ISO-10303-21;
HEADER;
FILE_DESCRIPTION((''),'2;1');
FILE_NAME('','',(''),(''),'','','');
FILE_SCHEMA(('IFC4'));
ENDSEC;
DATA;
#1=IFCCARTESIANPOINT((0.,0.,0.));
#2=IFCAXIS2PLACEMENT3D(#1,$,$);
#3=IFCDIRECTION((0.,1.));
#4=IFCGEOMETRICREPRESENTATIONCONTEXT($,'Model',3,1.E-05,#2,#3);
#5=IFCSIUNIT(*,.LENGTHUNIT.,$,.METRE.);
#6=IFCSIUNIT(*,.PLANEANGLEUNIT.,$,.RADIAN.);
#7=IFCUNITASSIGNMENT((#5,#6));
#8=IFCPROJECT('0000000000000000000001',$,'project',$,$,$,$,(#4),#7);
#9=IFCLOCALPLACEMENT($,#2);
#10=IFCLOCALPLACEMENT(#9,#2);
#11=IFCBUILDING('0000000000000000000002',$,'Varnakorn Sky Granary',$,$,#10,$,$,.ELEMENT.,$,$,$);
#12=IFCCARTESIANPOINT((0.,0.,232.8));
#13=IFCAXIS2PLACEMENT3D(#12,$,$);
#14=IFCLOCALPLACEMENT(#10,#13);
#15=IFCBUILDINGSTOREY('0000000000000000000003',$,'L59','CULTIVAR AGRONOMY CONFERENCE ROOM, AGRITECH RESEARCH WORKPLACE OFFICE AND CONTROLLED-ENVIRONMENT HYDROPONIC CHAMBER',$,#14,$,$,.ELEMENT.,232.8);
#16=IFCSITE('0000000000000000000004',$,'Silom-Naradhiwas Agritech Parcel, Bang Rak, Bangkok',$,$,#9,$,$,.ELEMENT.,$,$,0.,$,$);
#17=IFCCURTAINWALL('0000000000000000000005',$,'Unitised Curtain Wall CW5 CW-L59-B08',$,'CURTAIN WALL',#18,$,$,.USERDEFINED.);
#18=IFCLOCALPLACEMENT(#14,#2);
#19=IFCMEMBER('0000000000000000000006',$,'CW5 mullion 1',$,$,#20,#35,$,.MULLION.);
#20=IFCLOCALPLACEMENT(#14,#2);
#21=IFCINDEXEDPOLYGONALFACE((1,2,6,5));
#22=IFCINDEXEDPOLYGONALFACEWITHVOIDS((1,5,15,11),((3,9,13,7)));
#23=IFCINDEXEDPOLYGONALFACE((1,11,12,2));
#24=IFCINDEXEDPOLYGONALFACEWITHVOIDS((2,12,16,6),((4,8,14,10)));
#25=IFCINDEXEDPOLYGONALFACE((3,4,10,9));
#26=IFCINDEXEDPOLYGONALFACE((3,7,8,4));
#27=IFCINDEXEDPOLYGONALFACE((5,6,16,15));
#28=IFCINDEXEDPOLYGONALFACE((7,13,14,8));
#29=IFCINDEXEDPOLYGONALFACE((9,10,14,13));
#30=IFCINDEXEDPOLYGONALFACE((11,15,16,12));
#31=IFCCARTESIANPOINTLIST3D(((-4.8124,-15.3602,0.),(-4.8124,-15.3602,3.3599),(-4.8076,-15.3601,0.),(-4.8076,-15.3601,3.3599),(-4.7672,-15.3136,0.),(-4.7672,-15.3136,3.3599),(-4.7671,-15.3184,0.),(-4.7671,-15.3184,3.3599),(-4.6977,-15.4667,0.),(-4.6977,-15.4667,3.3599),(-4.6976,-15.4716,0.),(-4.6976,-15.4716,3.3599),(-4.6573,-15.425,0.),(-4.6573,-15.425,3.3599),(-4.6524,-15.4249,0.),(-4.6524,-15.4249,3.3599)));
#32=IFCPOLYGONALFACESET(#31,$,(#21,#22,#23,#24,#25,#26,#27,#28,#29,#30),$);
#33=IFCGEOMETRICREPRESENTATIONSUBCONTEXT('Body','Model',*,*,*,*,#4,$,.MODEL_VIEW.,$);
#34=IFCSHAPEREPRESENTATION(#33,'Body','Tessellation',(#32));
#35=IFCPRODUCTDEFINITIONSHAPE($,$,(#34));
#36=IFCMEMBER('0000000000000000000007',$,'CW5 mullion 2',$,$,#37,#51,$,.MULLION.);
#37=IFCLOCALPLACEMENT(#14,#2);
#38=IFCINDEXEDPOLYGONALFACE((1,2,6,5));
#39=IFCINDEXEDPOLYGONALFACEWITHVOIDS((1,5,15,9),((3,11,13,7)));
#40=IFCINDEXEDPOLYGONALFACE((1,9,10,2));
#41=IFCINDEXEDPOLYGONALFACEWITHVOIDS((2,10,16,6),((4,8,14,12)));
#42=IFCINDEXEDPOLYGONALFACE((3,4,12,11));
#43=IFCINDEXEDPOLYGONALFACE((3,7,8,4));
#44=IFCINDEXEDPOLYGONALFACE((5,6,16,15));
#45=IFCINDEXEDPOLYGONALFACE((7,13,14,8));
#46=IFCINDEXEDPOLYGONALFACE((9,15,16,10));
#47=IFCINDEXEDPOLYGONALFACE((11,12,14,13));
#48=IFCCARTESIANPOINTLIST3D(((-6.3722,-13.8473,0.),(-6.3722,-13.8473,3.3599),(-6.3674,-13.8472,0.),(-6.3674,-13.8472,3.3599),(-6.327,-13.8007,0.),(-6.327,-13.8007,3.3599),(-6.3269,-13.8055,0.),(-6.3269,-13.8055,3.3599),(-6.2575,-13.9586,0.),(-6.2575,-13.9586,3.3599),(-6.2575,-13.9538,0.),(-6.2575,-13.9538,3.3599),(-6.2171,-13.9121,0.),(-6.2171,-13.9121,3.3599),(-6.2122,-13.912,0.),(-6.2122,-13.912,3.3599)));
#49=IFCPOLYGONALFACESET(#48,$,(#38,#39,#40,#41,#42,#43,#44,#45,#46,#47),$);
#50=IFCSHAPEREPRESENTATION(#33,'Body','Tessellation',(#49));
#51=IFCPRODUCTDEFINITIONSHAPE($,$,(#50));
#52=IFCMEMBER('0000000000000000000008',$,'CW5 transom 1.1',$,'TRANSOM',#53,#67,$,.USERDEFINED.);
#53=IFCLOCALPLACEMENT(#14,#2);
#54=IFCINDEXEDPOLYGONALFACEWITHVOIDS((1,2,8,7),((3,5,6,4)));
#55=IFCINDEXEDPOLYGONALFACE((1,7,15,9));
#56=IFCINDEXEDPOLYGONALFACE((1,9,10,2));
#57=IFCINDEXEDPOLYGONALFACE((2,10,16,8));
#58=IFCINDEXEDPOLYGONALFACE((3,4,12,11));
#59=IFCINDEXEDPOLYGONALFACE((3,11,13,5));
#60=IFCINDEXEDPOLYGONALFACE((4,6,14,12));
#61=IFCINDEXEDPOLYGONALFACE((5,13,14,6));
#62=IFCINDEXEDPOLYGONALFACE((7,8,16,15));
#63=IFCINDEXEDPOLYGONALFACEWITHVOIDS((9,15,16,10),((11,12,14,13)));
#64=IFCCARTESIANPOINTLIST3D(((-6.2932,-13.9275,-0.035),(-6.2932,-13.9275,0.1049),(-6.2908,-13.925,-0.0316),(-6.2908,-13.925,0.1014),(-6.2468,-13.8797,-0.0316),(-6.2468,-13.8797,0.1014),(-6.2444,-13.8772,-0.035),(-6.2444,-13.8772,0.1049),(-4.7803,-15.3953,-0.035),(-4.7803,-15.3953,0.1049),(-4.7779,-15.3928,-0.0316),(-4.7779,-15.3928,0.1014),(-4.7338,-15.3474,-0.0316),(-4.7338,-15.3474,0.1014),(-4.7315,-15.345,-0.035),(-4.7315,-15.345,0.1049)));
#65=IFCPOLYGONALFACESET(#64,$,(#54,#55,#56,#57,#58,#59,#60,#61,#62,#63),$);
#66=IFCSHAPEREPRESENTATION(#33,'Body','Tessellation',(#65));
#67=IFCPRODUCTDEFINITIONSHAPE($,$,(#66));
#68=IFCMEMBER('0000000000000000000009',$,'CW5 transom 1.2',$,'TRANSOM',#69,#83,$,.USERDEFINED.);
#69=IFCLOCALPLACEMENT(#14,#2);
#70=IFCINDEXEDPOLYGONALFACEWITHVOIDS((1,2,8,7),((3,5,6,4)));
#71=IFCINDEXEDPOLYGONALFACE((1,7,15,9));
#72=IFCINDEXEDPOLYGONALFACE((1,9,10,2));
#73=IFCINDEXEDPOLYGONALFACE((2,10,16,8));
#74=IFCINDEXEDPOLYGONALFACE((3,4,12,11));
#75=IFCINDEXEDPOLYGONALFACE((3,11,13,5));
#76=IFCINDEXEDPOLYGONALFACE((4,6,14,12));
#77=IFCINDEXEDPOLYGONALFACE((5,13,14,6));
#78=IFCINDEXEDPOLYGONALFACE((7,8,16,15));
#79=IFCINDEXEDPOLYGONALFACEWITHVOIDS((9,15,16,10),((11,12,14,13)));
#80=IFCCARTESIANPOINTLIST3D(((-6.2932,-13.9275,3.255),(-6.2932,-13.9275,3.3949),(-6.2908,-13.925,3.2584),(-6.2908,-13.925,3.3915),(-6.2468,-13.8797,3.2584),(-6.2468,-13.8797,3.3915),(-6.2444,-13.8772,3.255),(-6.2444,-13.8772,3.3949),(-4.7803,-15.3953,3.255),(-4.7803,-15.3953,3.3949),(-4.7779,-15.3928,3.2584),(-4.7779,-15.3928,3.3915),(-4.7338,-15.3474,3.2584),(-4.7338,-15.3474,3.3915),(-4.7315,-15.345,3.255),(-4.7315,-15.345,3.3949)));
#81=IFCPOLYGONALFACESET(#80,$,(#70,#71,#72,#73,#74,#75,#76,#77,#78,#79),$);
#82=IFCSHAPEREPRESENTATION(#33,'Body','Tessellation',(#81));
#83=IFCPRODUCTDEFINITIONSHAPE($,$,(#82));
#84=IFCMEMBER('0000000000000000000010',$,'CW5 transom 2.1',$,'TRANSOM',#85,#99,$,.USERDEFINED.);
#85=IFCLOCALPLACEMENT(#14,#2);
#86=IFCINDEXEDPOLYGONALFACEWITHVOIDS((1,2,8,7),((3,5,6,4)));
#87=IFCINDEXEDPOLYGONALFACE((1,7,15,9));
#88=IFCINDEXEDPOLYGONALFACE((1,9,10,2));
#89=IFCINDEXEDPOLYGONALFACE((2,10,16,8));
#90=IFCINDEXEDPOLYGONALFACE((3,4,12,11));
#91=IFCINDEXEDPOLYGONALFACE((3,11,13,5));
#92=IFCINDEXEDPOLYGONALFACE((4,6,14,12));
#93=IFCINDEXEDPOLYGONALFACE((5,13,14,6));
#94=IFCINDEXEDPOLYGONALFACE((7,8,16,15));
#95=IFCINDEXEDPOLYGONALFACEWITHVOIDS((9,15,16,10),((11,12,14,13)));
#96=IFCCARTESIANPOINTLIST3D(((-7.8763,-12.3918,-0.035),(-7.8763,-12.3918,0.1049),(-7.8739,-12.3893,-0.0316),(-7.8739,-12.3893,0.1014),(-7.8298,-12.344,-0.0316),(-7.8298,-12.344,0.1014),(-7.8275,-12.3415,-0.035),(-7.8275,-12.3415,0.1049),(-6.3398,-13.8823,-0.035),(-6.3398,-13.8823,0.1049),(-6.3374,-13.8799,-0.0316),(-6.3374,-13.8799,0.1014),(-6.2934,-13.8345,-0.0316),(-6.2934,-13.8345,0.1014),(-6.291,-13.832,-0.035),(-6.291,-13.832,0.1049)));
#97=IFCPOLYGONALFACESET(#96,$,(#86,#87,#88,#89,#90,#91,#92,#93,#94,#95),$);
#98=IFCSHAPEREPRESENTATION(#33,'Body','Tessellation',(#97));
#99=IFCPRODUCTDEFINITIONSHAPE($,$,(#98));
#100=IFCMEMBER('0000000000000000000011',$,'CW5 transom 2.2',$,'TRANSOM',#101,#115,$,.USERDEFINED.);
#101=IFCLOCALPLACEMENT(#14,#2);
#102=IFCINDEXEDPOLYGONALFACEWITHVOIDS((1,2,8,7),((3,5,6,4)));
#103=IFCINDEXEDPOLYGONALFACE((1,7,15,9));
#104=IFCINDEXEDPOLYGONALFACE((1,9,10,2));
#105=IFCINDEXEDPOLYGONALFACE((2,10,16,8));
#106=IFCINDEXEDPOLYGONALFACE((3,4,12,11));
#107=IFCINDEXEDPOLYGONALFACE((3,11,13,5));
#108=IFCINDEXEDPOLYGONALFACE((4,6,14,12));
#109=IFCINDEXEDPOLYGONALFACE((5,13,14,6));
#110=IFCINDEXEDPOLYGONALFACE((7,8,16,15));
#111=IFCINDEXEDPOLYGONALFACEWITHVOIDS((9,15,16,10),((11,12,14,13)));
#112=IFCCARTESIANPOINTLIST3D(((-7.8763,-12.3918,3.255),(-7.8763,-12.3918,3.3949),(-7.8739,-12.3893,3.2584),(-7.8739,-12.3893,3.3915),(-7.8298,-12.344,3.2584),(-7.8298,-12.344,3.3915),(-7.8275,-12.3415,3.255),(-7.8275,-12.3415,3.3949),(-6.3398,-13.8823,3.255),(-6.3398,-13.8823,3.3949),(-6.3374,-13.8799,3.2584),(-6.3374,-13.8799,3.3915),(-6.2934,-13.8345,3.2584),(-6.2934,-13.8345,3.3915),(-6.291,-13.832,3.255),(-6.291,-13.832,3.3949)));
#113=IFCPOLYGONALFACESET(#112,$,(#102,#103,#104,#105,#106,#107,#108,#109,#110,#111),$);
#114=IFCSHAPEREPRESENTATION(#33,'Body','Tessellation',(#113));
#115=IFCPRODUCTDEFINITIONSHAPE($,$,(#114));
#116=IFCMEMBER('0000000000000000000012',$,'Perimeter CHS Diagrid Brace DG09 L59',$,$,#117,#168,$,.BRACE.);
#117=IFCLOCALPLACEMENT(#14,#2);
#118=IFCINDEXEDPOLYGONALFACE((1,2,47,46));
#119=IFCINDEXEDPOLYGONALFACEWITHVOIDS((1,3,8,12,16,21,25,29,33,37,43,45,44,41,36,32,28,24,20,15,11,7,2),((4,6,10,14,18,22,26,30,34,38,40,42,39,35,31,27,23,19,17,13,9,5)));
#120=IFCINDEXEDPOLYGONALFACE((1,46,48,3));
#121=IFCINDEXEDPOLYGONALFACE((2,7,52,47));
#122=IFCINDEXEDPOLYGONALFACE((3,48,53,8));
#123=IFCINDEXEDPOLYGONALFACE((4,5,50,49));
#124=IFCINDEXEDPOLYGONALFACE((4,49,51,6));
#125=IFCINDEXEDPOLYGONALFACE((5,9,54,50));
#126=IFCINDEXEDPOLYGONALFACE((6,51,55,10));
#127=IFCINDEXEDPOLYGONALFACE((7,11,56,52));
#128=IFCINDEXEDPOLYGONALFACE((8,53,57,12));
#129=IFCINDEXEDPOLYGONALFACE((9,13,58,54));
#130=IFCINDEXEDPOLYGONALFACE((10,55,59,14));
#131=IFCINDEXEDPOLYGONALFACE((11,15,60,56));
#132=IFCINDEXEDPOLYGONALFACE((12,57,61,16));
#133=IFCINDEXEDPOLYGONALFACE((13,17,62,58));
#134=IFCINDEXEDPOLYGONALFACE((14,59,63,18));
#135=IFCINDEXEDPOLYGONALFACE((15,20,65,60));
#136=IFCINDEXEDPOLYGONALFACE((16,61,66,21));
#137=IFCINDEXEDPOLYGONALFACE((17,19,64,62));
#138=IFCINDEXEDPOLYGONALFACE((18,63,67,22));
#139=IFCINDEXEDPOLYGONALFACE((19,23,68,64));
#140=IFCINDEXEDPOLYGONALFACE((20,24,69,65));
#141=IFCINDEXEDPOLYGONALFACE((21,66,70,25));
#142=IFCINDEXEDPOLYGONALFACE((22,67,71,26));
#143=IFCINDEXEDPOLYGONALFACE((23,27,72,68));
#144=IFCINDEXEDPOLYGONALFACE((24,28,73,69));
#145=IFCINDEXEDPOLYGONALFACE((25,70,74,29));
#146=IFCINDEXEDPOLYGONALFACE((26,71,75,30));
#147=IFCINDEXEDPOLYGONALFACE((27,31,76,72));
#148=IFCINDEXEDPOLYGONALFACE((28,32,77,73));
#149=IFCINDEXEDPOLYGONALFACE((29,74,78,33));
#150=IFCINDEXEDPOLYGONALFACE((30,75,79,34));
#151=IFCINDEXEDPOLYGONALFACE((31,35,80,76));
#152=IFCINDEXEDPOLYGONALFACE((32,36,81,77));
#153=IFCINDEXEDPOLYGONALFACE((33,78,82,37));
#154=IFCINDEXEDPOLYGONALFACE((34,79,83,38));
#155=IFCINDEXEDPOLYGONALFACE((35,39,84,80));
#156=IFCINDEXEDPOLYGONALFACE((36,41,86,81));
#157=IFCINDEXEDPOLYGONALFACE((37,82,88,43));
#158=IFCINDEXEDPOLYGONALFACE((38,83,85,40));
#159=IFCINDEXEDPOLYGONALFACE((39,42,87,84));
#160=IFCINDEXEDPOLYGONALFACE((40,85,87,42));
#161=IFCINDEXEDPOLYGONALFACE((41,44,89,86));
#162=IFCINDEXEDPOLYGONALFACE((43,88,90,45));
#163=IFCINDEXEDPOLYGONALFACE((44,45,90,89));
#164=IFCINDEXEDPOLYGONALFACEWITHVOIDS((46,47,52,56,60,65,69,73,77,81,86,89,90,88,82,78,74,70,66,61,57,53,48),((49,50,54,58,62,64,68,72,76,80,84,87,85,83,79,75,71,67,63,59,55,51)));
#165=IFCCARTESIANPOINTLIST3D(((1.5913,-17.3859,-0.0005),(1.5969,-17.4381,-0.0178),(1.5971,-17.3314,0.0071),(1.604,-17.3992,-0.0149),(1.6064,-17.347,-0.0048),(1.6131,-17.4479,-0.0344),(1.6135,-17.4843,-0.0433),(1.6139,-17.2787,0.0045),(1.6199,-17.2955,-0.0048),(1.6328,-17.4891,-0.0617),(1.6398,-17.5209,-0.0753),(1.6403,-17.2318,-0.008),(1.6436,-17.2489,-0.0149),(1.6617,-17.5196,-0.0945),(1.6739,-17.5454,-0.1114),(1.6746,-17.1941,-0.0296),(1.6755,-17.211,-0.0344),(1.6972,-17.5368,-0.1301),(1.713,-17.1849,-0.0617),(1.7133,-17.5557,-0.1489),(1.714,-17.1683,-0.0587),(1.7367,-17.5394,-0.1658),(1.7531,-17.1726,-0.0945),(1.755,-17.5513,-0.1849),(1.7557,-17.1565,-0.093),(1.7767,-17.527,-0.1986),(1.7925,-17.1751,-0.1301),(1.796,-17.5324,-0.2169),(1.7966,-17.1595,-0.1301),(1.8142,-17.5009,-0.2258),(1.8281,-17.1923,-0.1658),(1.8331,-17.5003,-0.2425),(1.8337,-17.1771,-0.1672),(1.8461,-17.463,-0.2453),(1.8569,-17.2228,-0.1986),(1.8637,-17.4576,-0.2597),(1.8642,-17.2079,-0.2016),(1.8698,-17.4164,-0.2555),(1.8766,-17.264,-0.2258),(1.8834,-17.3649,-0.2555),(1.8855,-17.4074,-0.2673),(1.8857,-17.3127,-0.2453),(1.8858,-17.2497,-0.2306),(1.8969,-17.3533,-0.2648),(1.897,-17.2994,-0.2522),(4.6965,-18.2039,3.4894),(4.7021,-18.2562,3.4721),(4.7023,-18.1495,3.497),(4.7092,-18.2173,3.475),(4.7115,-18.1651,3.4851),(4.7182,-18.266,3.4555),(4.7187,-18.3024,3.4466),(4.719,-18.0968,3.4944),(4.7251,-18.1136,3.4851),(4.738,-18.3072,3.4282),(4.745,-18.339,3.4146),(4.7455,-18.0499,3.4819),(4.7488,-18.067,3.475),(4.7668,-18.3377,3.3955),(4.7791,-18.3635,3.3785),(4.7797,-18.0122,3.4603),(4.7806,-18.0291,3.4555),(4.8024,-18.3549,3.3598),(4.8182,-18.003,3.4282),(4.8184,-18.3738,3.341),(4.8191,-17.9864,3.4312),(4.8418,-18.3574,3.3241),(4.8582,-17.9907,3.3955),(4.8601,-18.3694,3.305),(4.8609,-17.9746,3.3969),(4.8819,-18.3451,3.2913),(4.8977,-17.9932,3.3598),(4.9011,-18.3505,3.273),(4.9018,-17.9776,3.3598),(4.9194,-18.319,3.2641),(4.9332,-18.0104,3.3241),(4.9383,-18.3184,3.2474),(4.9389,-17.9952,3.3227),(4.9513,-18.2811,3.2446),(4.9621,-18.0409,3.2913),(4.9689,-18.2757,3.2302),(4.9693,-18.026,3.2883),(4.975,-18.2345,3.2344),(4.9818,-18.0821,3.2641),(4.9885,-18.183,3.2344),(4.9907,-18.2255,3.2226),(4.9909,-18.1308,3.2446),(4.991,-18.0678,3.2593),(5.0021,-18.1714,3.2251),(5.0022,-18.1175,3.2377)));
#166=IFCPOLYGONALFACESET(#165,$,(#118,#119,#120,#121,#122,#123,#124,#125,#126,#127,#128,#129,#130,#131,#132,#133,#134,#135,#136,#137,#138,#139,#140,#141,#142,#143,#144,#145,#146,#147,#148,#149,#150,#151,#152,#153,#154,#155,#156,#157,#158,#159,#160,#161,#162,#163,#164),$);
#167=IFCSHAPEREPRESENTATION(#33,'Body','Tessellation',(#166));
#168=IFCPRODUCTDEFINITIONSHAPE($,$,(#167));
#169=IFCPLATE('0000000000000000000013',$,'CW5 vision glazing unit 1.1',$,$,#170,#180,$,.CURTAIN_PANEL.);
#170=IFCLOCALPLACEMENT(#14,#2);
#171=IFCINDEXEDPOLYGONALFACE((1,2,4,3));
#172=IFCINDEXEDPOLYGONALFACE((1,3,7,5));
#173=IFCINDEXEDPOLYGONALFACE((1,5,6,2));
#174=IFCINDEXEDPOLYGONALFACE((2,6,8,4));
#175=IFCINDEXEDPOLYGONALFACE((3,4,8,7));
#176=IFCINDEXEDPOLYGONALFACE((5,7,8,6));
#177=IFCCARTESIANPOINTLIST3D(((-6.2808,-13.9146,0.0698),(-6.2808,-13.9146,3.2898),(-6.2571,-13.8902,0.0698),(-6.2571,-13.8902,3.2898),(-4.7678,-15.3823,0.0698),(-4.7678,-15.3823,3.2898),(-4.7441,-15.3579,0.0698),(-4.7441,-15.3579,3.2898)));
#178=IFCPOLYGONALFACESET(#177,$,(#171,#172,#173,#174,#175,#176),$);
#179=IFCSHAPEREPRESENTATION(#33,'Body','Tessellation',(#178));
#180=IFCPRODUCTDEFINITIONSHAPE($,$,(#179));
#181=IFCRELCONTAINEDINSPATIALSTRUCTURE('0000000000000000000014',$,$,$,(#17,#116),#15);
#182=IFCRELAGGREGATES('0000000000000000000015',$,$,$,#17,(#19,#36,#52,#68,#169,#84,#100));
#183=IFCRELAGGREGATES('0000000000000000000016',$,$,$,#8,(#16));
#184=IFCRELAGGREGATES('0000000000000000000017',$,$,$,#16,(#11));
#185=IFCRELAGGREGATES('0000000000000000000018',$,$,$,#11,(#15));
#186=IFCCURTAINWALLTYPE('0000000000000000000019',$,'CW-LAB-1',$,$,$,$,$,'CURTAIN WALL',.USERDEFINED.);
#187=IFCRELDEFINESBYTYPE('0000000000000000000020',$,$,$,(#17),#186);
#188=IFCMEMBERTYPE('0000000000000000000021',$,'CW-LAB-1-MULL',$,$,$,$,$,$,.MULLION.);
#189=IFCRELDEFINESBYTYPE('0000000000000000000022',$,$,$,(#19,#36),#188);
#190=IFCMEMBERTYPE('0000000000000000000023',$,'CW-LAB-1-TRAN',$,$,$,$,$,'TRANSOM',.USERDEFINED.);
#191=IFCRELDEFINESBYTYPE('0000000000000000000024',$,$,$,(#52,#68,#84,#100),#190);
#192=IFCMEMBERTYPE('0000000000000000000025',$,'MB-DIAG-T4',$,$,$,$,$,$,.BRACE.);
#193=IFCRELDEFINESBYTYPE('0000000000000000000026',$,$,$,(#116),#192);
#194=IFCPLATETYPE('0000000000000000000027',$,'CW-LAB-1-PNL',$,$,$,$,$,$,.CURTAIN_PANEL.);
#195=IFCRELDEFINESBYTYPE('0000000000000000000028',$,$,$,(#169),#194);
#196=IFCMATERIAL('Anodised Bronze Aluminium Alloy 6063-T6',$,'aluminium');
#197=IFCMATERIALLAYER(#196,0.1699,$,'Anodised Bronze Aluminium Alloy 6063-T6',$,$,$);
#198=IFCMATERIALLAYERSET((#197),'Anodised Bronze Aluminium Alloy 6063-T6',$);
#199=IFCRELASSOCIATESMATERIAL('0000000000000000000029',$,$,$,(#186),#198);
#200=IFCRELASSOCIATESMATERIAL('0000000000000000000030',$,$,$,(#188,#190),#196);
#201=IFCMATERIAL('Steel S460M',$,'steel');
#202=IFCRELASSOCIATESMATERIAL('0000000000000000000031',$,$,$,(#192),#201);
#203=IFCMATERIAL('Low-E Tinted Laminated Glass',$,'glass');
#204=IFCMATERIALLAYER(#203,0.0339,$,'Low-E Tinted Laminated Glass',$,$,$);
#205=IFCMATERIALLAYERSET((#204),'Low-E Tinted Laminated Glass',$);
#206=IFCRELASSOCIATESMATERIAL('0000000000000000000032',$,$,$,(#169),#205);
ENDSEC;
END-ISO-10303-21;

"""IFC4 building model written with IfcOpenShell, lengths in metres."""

from ifc_helpers import new_model, si_unit, direction, frame, origin, origin_2d, place, context, subcontext, project, spatial, rectangle, hollow_rectangle, hollow_circle, extrude, source, transform, mapped, material, layer, layer_set, material_profile, profile_set, type_object, type_shapes, element, aggregate, save


model = new_model("IFC4")

# Units and contexts
model_context = context("Model", 3, precision=1e-05, world=origin(), true_north=direction((0.0, 1.0)))
body_context = subcontext(model_context, "Body", "Model", "MODEL_VIEW")
ifc_project = project(units=[si_unit("LENGTHUNIT", "METRE"), si_unit("PLANEANGLEUNIT", "RADIAN")], contexts=[model_context])

# Site, building, storey
site_placement = place(None, origin())
site = spatial("IfcSite", under=ifc_project, at=site_placement, Name="Silom-Naradhiwas Agritech Parcel, Bang Rak, Bangkok", CompositionType="ELEMENT", RefElevation=0.0)
building_placement = place(site_placement, origin())
building = spatial("IfcBuilding", under=site, at=building_placement, Name="Varnakorn Sky Granary", CompositionType="ELEMENT")
storey_placement = place(building_placement, frame((0.0, 0.0, 232.8)))
storey = spatial("IfcBuildingStorey", under=building, at=storey_placement, Name="L59", Description="CULTIVAR AGRONOMY CONFERENCE ROOM, AGRITECH RESEARCH WORKPLACE OFFICE AND CONTROLLED-ENVIRONMENT HYDROPONIC CHAMBER", CompositionType="ELEMENT", Elevation=232.8)

# Shared definitions
ifc_material_1 = material(Name="Steel S460M", Category="steel")

# Curtain wall, members
ifc_material_2 = material(Name="Anodised Bronze Aluminium Alloy 6063-T6", Category="aluminium")
ifc_layer_1 = layer(ifc_material_2, 0.1699, Name="Anodised Bronze Aluminium Alloy 6063-T6")
ifc_layer_set_1 = layer_set([ifc_layer_1], Name="Anodised Bronze Aluminium Alloy 6063-T6")
curtain_wall_type = type_object("IfcCurtainWallType", Name="CW-LAB-1", ElementType="CURTAIN WALL", PredefinedType="USERDEFINED", material=ifc_layer_set_1)
curtain_wall_placement = place(storey_placement, origin())
curtain_wall = element("IfcCurtainWall", 1, at=curtain_wall_placement, inside=storey, type_object=curtain_wall_type, Name="Unitised Curtain Wall CW5 CW-L59-B08", ObjectType="CURTAIN WALL", PredefinedType="USERDEFINED")
ifc_material_profile_1 = material_profile(ifc_material_2, hollow_rectangle(XDim=0.0649, YDim=0.1599, WallThickness=0.0034, at=origin_2d()), Name="ALU MULL 65x160")
ifc_profile_set_1 = profile_set([ifc_material_profile_1], Name="Anodised Bronze Aluminium Alloy 6063-T6")
member_type_1 = type_object("IfcMemberType", Name="CW-LAB-1-MULL", PredefinedType="MULLION", material=ifc_profile_set_1)
member_1_placement = place(storey_placement, frame((-4.7324, -15.3926, 0.0), z_axis=(0.0, 0.0, 1.0), x_axis=(-0.696279, -0.717771, 0.0)))
member_1 = element("IfcMember", 2, at=member_1_placement, type_object=member_type_1, Name="CW5 mullion 1", PredefinedType="MULLION", context=body_context, shape_type="SweptSolid", body=[
    extrude(hollow_rectangle(XDim=0.0649, YDim=0.1599, WallThickness=0.0034, at=origin_2d()), origin(), (0.0, 0.0, 1.0), 3.3599),
])
member_2_placement = place(storey_placement, frame((-6.2922, -13.8796, 0.0), z_axis=(0.0, 0.0, 1.0), x_axis=(-0.696279, -0.717771, 0.0)))
member_2 = element("IfcMember", 3, at=member_2_placement, type_object=member_type_1, Name="CW5 mullion 2", PredefinedType="MULLION", context=body_context, shape_type="SweptSolid", body=[
    extrude(hollow_rectangle(XDim=0.0649, YDim=0.1599, WallThickness=0.0034, at=origin_2d()), origin(), (0.0, 0.0, 1.0), 3.3599),
])
ifc_material_profile_2 = material_profile(ifc_material_2, hollow_rectangle(XDim=0.0701, YDim=0.1399, WallThickness=0.0034, at=origin_2d()), Name="ALU TRAN 70x140")
ifc_profile_set_2 = profile_set([ifc_material_profile_2], Name="Anodised Bronze Aluminium Alloy 6063-T6")
member_type_2 = type_object("IfcMemberType", Name="CW-LAB-1-TRAN", ElementType="TRANSOM", PredefinedType="USERDEFINED", material=ifc_profile_set_2)
member_3_placement = place(storey_placement, frame((-4.7559, -15.3701, 0.0349), z_axis=(-0.717739, 0.696312, 0.0), x_axis=(-0.696312, -0.717739, 0.0)))
member_3 = element("IfcMember", 4, at=member_3_placement, type_object=member_type_2, Name="CW5 transom 1.1", ObjectType="TRANSOM", PredefinedType="USERDEFINED", context=body_context, shape_type="SweptSolid", body=[
    extrude(hollow_rectangle(XDim=0.0701, YDim=0.1399, WallThickness=0.0034, at=origin_2d()), origin(), (0.0, 0.0, 1.0), 2.1079),
])
member_4_placement = place(storey_placement, frame((-4.7559, -15.3701, 3.325), z_axis=(-0.717739, 0.696312, 0.0), x_axis=(-0.696312, -0.717739, 0.0)))
member_4 = element("IfcMember", 5, at=member_4_placement, type_object=member_type_2, Name="CW5 transom 1.2", ObjectType="TRANSOM", PredefinedType="USERDEFINED", context=body_context, shape_type="SweptSolid", body=[
    extrude(hollow_rectangle(XDim=0.0701, YDim=0.1399, WallThickness=0.0034, at=origin_2d()), origin(), (0.0, 0.0, 1.0), 2.1079),
])
member_5_placement = place(storey_placement, frame((-6.3154, -13.8572, 0.0349), z_axis=(-0.717747, 0.696304, 0.0), x_axis=(-0.696304, -0.717747, 0.0)))
member_5 = element("IfcMember", 6, at=member_5_placement, type_object=member_type_2, Name="CW5 transom 2.1", ObjectType="TRANSOM", PredefinedType="USERDEFINED", context=body_context, shape_type="SweptSolid", body=[
    extrude(hollow_rectangle(XDim=0.0701, YDim=0.1399, WallThickness=0.0034, at=origin_2d()), origin(), (0.0, 0.0, 1.0), 2.1406),
])
member_6_placement = place(storey_placement, frame((-6.3154, -13.8572, 3.325), z_axis=(-0.717747, 0.696304, 0.0), x_axis=(-0.696304, -0.717747, 0.0)))
member_6 = element("IfcMember", 7, at=member_6_placement, type_object=member_type_2, Name="CW5 transom 2.2", ObjectType="TRANSOM", PredefinedType="USERDEFINED", context=body_context, shape_type="SweptSolid", body=[
    extrude(hollow_rectangle(XDim=0.0701, YDim=0.1399, WallThickness=0.0034, at=origin_2d()), origin(), (0.0, 0.0, 1.0), 2.1406),
])

# Member
ifc_material_profile_3 = material_profile(ifc_material_1, hollow_circle(Radius=0.2031, WallThickness=0.0161, at=origin_2d()), Name="CHS 406.4x16")
ifc_profile_set_3 = profile_set([ifc_material_profile_3], Name="Steel S460M")
member_type_3 = type_object("IfcMemberType", Name="MB-DIAG-T4", PredefinedType="BRACE", material=ifc_profile_set_3)
member_7_placement = place(storey_placement, frame((1.7449, -17.356, -0.1301), z_axis=(0.654759, -0.172505, 0.735889), x_axis=(0.25477, 0.967002, 0.0)))
element("IfcMember", 8, at=member_7_placement, inside=storey, type_object=member_type_3, Name="Perimeter CHS Diagrid Brace DG09 L59", PredefinedType="BRACE", context=body_context, shape_type="SweptSolid", body=[
    extrude(hollow_circle(Radius=0.2031, WallThickness=0.0161, at=origin_2d()), origin(), (0.0, 0.0, 1.0), 4.7424),
])

# Plate
ifc_material_3 = material(Name="Low-E Tinted Laminated Glass", Category="glass")
ifc_layer_2 = layer(ifc_material_3, 0.0339, Name="Low-E Tinted Laminated Glass")
ifc_layer_set_2 = layer_set([ifc_layer_2], Name="Low-E Tinted Laminated Glass")
plate_type = type_object("IfcPlateType", Name="CW-LAB-1-PNL", PredefinedType="CURTAIN_PANEL")
shared_shape_1 = source(origin(), body_context, "Body", "SweptSolid", [
    extrude(rectangle(XDim=2.1079, YDim=0.0339, at=origin_2d()), origin(), (0.0, 0.0, 1.0), 3.22),
])
type_shapes(plate_type, [shared_shape_1])
plate_placement = place(storey_placement, frame((-5.5125, -14.6362, 0.0698), z_axis=(0.0, 0.0, 1.0), x_axis=(-0.717771, 0.696279, 0.0)))
plate = element("IfcPlate", 9, at=plate_placement, type_object=plate_type, material=ifc_layer_set_2, Name="CW5 vision glazing unit 1.1", PredefinedType="CURTAIN_PANEL", context=body_context, shape_type="MappedRepresentation", body=[
    mapped(shared_shape_1, transform((0.0, 0.0, 0.0), x_axis=(1.0, 0.0, 0.0), y_axis=(0.0, 1.0, 0.0), z_axis=(0.0, 0.0, 1.0), scale=1.0)),
])
aggregate(curtain_wall, [member_1, member_2, member_3, member_4, plate, member_5, member_6])

save(model, "model.ifc")
